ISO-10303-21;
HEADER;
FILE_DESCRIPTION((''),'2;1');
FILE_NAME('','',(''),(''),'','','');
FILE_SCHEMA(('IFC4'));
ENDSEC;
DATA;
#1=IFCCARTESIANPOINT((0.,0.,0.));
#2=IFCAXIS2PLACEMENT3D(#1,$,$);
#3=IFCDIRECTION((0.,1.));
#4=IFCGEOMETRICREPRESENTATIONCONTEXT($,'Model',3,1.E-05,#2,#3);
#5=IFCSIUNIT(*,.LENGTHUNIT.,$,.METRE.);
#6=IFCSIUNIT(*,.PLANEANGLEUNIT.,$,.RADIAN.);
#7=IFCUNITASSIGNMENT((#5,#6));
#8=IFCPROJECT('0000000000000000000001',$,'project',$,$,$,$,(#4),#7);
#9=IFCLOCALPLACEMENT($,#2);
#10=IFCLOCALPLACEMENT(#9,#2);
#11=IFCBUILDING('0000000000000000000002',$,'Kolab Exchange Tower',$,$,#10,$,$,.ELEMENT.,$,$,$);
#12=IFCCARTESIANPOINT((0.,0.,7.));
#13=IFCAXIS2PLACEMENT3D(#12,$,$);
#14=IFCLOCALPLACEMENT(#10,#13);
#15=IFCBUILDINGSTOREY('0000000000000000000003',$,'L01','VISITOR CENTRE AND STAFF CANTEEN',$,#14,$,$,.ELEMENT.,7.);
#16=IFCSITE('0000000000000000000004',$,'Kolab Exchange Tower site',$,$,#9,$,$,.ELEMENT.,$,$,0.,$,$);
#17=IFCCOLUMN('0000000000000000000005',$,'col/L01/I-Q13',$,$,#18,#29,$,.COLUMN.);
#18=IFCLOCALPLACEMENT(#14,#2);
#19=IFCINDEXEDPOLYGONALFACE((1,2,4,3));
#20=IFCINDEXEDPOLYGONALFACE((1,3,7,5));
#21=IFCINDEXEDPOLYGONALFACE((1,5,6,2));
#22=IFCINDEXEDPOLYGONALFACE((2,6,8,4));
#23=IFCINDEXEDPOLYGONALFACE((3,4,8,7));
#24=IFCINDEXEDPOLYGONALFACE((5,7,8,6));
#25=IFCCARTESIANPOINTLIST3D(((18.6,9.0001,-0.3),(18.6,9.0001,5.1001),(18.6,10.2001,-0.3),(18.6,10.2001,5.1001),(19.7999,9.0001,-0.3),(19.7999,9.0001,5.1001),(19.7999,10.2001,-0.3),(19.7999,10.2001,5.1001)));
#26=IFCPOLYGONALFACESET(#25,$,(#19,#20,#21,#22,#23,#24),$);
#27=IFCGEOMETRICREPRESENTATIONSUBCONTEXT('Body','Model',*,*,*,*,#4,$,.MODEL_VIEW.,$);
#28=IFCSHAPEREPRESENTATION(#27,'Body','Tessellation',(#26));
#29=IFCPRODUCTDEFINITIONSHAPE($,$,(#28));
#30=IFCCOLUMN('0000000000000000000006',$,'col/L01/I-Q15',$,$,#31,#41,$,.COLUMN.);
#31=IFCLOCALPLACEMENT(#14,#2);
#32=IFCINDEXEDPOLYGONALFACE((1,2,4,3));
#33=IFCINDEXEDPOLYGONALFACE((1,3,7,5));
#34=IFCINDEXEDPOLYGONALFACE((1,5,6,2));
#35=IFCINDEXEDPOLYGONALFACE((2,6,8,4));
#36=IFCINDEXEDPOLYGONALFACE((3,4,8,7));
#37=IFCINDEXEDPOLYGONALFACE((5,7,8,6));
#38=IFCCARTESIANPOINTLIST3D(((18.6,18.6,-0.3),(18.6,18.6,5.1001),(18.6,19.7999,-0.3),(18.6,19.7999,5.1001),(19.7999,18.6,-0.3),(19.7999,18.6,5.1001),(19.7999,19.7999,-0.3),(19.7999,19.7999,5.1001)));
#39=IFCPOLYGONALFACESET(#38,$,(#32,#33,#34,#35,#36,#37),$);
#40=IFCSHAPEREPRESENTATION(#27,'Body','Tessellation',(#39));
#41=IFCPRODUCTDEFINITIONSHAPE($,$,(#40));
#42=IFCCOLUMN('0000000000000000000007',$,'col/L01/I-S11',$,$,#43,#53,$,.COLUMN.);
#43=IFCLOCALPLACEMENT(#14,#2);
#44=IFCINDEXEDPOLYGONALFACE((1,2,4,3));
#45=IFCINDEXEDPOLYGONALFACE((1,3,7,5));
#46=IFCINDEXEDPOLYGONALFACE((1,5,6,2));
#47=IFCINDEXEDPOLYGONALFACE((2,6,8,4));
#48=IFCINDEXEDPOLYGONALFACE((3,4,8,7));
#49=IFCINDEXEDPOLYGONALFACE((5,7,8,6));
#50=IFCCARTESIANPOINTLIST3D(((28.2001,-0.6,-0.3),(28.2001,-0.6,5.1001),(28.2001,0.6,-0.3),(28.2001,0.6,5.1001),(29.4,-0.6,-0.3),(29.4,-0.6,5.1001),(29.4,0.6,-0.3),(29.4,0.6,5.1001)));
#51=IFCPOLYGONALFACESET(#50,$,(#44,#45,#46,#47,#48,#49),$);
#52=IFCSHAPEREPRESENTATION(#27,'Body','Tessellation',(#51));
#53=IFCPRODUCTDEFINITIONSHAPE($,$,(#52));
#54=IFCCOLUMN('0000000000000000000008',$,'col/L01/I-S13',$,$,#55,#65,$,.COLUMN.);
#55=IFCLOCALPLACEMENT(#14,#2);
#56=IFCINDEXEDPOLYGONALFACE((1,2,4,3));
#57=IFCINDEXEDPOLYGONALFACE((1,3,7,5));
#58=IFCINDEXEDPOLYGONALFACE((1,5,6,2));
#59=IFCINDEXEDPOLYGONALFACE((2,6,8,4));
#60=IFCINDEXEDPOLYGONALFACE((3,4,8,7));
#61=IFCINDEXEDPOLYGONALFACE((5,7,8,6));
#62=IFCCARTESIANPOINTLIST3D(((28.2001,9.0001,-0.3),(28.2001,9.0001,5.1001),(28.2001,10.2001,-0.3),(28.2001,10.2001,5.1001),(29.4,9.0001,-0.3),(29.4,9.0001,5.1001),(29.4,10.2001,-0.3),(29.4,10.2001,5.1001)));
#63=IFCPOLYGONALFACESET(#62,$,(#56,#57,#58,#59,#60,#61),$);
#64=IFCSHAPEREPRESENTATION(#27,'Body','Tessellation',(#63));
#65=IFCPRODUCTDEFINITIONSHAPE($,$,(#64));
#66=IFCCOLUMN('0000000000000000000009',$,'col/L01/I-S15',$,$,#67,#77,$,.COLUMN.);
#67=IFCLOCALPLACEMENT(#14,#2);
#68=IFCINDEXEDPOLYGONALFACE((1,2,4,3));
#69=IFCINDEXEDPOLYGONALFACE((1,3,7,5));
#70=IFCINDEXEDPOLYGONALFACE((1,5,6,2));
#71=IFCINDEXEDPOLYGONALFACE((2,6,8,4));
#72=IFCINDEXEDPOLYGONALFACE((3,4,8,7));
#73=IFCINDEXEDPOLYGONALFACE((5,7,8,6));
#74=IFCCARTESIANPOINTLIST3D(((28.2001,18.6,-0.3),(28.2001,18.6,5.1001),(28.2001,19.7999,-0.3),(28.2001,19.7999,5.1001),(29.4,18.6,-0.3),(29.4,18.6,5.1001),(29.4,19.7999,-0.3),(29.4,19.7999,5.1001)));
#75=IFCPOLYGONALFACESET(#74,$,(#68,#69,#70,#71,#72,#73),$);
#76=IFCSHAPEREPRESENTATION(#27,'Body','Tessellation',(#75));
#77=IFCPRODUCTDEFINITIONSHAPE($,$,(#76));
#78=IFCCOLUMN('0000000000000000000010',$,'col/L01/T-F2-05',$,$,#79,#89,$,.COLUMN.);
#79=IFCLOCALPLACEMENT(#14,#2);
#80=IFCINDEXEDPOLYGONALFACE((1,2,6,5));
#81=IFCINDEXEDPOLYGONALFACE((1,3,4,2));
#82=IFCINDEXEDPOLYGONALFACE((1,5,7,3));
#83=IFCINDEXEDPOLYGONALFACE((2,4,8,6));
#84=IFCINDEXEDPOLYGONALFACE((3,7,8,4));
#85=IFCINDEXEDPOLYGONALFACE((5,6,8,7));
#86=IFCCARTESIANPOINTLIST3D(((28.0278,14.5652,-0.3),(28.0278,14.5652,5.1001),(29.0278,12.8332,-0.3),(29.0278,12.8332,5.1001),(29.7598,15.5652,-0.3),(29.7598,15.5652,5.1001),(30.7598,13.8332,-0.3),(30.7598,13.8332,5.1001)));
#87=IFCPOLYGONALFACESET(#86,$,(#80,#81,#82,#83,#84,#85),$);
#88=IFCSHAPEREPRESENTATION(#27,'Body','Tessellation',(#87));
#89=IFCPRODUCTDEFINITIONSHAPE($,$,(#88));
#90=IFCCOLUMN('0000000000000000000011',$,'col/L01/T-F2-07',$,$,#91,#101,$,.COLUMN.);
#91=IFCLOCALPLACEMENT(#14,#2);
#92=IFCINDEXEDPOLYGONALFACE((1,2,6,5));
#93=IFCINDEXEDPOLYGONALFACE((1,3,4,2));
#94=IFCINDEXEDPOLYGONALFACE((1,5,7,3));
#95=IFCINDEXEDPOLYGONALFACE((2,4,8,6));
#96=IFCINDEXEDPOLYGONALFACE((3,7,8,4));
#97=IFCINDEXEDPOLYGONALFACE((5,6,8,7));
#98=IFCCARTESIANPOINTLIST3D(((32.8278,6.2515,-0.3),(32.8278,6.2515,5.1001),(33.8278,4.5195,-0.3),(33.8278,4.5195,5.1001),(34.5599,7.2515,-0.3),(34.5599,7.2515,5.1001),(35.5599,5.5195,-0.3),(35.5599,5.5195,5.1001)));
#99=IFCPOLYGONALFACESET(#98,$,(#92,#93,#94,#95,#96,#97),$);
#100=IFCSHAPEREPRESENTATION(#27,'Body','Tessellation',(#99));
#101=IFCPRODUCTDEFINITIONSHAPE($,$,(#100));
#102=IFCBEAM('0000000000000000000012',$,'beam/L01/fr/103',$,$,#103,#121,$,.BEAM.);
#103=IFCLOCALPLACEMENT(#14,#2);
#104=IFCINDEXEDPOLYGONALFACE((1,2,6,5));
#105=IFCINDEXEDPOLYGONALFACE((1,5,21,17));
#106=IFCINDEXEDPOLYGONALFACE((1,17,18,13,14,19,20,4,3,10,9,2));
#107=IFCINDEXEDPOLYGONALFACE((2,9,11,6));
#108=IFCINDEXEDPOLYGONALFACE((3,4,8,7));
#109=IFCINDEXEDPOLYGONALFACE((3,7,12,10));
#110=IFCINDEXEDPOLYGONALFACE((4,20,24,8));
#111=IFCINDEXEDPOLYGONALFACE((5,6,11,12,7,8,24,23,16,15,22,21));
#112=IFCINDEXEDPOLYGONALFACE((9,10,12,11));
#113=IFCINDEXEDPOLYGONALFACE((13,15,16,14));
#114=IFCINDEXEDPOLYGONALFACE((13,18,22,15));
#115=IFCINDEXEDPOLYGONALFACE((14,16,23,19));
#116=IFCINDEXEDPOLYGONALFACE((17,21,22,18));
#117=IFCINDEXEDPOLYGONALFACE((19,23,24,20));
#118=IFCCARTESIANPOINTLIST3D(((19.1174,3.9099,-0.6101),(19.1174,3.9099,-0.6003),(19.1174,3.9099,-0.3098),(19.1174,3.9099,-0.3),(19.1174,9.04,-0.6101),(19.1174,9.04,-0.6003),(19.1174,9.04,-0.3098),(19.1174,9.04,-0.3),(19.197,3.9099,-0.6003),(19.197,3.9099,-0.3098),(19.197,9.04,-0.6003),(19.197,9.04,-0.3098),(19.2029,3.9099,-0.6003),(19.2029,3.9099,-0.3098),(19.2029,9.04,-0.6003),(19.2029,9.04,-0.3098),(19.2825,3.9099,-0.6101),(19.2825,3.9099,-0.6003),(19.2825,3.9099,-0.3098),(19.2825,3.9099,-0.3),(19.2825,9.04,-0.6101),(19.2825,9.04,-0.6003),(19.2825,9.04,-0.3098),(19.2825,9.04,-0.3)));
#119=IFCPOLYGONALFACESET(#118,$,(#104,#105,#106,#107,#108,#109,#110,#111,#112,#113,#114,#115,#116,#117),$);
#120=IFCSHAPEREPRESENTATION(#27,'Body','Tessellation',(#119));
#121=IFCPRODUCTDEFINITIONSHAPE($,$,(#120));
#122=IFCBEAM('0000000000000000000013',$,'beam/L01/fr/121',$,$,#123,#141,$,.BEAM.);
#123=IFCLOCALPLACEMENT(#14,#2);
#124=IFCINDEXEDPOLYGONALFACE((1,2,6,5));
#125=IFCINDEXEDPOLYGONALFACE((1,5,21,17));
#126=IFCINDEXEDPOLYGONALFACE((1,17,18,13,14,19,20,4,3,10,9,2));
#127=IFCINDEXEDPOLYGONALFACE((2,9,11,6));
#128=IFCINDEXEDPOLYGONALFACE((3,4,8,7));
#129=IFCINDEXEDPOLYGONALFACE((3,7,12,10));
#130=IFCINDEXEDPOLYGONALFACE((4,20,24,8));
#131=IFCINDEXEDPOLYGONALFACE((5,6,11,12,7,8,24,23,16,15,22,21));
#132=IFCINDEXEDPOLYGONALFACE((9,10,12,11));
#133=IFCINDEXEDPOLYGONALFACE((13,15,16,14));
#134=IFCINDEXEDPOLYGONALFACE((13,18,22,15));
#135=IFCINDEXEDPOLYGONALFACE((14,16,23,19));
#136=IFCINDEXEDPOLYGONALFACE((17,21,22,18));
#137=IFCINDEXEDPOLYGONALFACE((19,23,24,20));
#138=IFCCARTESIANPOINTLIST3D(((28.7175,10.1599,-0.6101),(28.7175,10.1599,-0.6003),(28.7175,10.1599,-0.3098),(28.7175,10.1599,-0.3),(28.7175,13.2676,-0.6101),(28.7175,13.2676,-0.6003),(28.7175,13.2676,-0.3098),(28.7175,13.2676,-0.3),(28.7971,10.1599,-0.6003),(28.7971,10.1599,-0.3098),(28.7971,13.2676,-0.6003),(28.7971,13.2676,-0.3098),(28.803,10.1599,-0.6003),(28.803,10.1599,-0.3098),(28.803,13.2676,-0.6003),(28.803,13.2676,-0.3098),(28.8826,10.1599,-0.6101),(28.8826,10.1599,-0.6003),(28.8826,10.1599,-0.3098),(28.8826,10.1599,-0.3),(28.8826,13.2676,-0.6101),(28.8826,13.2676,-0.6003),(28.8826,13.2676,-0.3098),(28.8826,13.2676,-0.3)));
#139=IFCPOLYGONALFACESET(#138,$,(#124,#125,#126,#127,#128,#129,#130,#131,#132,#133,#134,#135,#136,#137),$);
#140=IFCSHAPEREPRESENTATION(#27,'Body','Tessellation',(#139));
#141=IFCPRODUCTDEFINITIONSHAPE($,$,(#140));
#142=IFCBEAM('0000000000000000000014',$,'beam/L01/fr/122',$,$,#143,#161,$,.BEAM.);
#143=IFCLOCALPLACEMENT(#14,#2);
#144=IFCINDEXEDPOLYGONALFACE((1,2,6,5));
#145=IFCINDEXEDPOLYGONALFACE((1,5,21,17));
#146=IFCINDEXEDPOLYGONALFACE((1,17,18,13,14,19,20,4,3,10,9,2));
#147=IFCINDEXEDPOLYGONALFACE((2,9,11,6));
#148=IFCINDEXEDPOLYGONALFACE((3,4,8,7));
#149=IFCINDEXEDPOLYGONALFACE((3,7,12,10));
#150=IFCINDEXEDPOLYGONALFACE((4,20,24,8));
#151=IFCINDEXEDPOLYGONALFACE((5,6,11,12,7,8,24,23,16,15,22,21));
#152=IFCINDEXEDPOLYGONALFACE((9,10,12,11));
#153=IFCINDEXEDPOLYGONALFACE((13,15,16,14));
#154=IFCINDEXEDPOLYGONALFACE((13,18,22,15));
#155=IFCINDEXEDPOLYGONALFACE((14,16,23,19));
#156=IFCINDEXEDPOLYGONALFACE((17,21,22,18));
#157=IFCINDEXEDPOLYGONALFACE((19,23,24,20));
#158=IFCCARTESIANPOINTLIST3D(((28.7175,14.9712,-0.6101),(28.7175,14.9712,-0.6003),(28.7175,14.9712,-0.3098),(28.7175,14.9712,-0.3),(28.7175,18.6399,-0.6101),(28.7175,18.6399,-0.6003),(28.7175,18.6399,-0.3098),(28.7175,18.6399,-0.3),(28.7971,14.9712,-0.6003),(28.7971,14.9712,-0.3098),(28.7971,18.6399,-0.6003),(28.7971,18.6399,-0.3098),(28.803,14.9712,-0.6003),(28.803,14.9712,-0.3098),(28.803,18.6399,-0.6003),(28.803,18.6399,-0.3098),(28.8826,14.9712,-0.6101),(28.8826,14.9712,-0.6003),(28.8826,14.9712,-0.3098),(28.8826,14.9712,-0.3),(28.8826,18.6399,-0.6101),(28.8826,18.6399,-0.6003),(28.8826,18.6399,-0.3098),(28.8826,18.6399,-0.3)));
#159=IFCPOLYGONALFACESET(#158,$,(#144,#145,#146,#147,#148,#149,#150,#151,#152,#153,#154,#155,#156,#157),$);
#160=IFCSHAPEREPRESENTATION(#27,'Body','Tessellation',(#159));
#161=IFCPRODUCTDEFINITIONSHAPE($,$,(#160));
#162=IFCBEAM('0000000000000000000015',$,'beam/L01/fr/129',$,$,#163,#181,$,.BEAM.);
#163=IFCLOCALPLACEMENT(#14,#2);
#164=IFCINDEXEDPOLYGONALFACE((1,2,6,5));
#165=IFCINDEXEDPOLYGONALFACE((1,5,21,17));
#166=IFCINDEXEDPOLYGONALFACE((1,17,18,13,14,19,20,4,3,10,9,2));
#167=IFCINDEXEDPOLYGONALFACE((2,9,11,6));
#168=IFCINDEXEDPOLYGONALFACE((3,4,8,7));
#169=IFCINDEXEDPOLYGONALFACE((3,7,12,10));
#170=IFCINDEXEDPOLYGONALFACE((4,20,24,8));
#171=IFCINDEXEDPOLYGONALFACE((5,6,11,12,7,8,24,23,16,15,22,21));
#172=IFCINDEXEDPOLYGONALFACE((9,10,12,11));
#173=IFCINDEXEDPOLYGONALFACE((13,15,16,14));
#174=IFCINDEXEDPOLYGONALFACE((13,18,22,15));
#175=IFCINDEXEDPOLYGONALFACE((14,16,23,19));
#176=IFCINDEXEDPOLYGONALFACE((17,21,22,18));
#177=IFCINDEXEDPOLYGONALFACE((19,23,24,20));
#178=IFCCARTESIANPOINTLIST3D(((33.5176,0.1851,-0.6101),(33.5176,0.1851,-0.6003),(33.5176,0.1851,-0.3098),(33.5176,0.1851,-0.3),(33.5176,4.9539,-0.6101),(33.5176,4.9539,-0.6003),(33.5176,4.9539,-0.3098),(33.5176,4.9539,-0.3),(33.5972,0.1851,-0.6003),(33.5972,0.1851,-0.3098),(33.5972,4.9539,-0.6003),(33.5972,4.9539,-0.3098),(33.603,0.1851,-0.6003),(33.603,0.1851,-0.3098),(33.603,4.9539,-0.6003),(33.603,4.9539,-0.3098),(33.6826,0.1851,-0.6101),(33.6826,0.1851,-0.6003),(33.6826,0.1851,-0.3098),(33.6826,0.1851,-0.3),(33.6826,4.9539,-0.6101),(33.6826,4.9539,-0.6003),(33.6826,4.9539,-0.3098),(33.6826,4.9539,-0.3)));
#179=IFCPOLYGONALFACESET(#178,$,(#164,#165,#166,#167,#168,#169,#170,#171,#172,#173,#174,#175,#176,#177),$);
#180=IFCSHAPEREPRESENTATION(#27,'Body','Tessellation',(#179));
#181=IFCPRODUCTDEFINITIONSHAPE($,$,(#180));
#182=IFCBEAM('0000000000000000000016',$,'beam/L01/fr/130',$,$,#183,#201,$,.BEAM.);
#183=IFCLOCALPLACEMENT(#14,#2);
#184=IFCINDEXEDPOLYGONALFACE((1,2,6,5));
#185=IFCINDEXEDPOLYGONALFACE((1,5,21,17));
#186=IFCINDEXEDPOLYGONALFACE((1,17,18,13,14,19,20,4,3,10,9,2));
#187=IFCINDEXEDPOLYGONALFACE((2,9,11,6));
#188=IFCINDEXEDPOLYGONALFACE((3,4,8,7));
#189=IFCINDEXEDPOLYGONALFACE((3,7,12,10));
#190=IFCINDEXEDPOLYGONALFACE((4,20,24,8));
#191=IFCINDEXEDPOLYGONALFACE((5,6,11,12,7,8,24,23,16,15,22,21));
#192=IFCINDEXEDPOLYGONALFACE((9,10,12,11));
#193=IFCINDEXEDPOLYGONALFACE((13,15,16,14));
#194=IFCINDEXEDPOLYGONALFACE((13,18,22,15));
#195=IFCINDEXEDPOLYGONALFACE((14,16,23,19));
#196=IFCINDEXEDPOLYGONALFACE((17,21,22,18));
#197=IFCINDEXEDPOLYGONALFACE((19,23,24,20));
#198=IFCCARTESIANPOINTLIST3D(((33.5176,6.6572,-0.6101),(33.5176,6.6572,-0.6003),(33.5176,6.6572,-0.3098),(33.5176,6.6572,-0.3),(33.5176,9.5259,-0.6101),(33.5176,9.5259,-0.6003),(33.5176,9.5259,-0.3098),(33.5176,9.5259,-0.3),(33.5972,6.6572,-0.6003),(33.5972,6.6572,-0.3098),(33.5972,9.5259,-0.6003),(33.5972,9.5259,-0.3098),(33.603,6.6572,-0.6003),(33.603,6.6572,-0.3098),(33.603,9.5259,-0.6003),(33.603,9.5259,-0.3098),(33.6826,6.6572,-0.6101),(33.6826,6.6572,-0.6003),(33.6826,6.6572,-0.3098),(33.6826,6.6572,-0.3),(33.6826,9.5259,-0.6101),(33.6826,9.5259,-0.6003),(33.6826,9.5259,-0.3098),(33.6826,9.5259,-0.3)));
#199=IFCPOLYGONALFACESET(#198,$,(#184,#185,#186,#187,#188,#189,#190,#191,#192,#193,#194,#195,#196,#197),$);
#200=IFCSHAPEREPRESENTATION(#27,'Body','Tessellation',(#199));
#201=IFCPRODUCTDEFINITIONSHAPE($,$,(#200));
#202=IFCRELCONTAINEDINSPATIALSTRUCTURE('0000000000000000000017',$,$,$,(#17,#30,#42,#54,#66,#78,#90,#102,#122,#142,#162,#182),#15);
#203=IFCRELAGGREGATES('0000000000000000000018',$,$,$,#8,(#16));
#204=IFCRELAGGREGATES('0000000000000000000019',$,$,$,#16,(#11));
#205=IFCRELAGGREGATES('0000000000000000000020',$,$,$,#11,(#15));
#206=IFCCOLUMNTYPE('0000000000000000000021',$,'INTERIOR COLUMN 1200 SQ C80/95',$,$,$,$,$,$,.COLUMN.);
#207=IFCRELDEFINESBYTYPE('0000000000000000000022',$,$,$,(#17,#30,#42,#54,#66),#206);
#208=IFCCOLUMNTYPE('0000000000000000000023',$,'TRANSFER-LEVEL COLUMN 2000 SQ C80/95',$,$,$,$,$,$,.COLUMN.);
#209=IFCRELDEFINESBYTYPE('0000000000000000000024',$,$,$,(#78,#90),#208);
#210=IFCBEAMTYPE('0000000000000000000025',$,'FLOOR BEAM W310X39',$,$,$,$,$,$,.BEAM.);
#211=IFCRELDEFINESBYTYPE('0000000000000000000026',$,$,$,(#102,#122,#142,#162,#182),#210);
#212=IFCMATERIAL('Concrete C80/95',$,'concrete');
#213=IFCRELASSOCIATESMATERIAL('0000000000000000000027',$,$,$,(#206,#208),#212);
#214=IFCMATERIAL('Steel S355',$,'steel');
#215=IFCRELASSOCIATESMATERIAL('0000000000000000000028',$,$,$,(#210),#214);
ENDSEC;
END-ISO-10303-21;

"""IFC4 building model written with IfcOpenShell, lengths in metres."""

from ifc_helpers import new_model, si_unit, direction, frame, origin, origin_2d, place, context, subcontext, project, spatial, rectangle, i_section, extrude, material, material_profile, profile_set, type_object, element, save


model = new_model("IFC4")

# Units and contexts
model_context = context("Model", 3, precision=1e-05, world=origin(), true_north=direction((0.0, 1.0)))
body_context = subcontext(model_context, "Body", "Model", "MODEL_VIEW")
ifc_project = project(units=[si_unit("LENGTHUNIT", "METRE"), si_unit("PLANEANGLEUNIT", "RADIAN")], contexts=[model_context])

# Site, building, storey
site_placement = place(None, origin())
site = spatial("IfcSite", under=ifc_project, at=site_placement, Name="Kolab Exchange Tower site", CompositionType="ELEMENT", RefElevation=0.0)
building_placement = place(site_placement, origin())
building = spatial("IfcBuilding", under=site, at=building_placement, Name="Kolab Exchange Tower", CompositionType="ELEMENT")
storey_placement = place(building_placement, frame((0.0, 0.0, 7.0)))
storey = spatial("IfcBuildingStorey", under=building, at=storey_placement, Name="L01", Description="VISITOR CENTRE AND STAFF CANTEEN", CompositionType="ELEMENT", Elevation=7.0)

# Columns
ifc_material_1 = material(Name="Concrete C80/95", Category="concrete")
ifc_material_profile_1 = material_profile(ifc_material_1, rectangle(XDim=1.2, YDim=1.2, at=origin_2d()), Name="RC1200")
ifc_profile_set_1 = profile_set([ifc_material_profile_1], Name="Concrete C80/95")
column_type_1 = type_object("IfcColumnType", Name="INTERIOR COLUMN 1200 SQ C80/95", PredefinedType="COLUMN", material=ifc_profile_set_1)
for number, where, z_axis, x_axis, name in (
    (1, (19.2, 9.6001, -0.3), (0.0, 0.0, 1.0), (1.0, 0.0, 0.0), "col/L01/I-Q13"),
    (2, (19.2, 19.2, -0.3), (0.0, 0.0, 1.0), (1.0, 0.0, 0.0), "col/L01/I-Q15"),
    (3, (28.8, 0.0, -0.3), (0.0, 0.0, 1.0), (1.0, 0.0, 0.0), "col/L01/I-S11"),
    (4, (28.8, 9.6001, -0.3), (0.0, 0.0, 1.0), (1.0, 0.0, 0.0), "col/L01/I-S13"),
    (5, (28.8, 19.2, -0.3), (0.0, 0.0, 1.0), (1.0, 0.0, 0.0), "col/L01/I-S15"),
):
    element("IfcColumn", number, at=place(storey_placement, frame(where, z_axis=z_axis, x_axis=x_axis)), inside=storey, type_object=column_type_1, Name=name, PredefinedType="COLUMN", context=body_context, shape_type="SweptSolid", body=[
        extrude(rectangle(XDim=1.2, YDim=1.2, at=origin_2d()), origin(), (0.0, 0.0, 1.0), 5.4001),
    ])
ifc_material_profile_2 = material_profile(ifc_material_1, rectangle(XDim=2.0, YDim=2.0, at=origin_2d()), Name="RC2000")
ifc_profile_set_2 = profile_set([ifc_material_profile_2], Name="Concrete C80/95")
column_type_2 = type_object("IfcColumnType", Name="TRANSFER-LEVEL COLUMN 2000 SQ C80/95", PredefinedType="COLUMN", material=ifc_profile_set_2)
for number, where, z_axis, x_axis, name in (
    (6, (29.3938, 14.1992, -0.3), (0.0, 0.0, 1.0), (0.866025, 0.5, 0.0), "col/L01/T-F2-05"),
    (7, (34.1938, 5.8855, -0.3), (0.0, 0.0, 1.0), (0.866025, 0.5, 0.0), "col/L01/T-F2-07"),
):
    element("IfcColumn", number, at=place(storey_placement, frame(where, z_axis=z_axis, x_axis=x_axis)), inside=storey, type_object=column_type_2, Name=name, PredefinedType="COLUMN", context=body_context, shape_type="SweptSolid", body=[
        extrude(rectangle(XDim=2.0, YDim=2.0, at=origin_2d()), origin(), (0.0, 0.0, 1.0), 5.4001),
    ])

# Beams
ifc_material_2 = material(Name="Steel S355", Category="steel")
ifc_material_profile_3 = material_profile(ifc_material_2, i_section(OverallWidth=0.165, OverallDepth=0.3101, WebThickness=0.0059, FlangeThickness=0.0098, at=origin_2d()), Name="W310X39")
ifc_profile_set_3 = profile_set([ifc_material_profile_3], Name="Steel S355")
beam_type_1 = type_object("IfcBeamType", Name="FLOOR BEAM W310X39", PredefinedType="BEAM", material=ifc_profile_set_3)
beam_1_placement = place(storey_placement, frame((19.2, 3.9099, -0.4551), z_axis=(0.0, 1.0, 0.0), x_axis=(-1.0, 0.0, 0.0)))
element("IfcBeam", 8, at=beam_1_placement, inside=storey, type_object=beam_type_1, Name="beam/L01/fr/103", PredefinedType="BEAM", context=body_context, shape_type="SweptSolid", body=[
    extrude(i_section(OverallWidth=0.165, OverallDepth=0.3101, WebThickness=0.0059, FlangeThickness=0.0098, at=origin_2d()), origin(), (0.0, 0.0, 1.0), 5.1301),
])
beam_2_placement = place(storey_placement, frame((28.8, 10.1599, -0.4551), z_axis=(0.0, 1.0, 0.0), x_axis=(-1.0, 0.0, 0.0)))
element("IfcBeam", 9, at=beam_2_placement, inside=storey, type_object=beam_type_1, Name="beam/L01/fr/121", PredefinedType="BEAM", context=body_context, shape_type="SweptSolid", body=[
    extrude(i_section(OverallWidth=0.165, OverallDepth=0.3101, WebThickness=0.0059, FlangeThickness=0.0098, at=origin_2d()), origin(), (0.0, 0.0, 1.0), 3.1077),
])
beam_3_placement = place(storey_placement, frame((28.8, 14.9712, -0.4551), z_axis=(0.0, 1.0, 0.0), x_axis=(-1.0, 0.0, 0.0)))
element("IfcBeam", 10, at=beam_3_placement, inside=storey, type_object=beam_type_1, Name="beam/L01/fr/122", PredefinedType="BEAM", context=body_context, shape_type="SweptSolid", body=[
    extrude(i_section(OverallWidth=0.165, OverallDepth=0.3101, WebThickness=0.0059, FlangeThickness=0.0098, at=origin_2d()), origin(), (0.0, 0.0, 1.0), 3.6687),
])
beam_4_placement = place(storey_placement, frame((33.6001, 0.1851, -0.4551), z_axis=(0.0, 1.0, 0.0), x_axis=(-1.0, 0.0, 0.0)))
element("IfcBeam", 11, at=beam_4_placement, inside=storey, type_object=beam_type_1, Name="beam/L01/fr/129", PredefinedType="BEAM", context=body_context, shape_type="SweptSolid", body=[
    extrude(i_section(OverallWidth=0.165, OverallDepth=0.3101, WebThickness=0.0059, FlangeThickness=0.0098, at=origin_2d()), origin(), (0.0, 0.0, 1.0), 4.7688),
])
beam_5_placement = place(storey_placement, frame((33.6001, 6.6572, -0.4551), z_axis=(0.0, 1.0, 0.0), x_axis=(-1.0, 0.0, 0.0)))
element("IfcBeam", 12, at=beam_5_placement, inside=storey, type_object=beam_type_1, Name="beam/L01/fr/130", PredefinedType="BEAM", context=body_context, shape_type="SweptSolid", body=[
    extrude(i_section(OverallWidth=0.165, OverallDepth=0.3101, WebThickness=0.0059, FlangeThickness=0.0098, at=origin_2d()), origin(), (0.0, 0.0, 1.0), 2.8687),
])

save(model, "model.ifc")
